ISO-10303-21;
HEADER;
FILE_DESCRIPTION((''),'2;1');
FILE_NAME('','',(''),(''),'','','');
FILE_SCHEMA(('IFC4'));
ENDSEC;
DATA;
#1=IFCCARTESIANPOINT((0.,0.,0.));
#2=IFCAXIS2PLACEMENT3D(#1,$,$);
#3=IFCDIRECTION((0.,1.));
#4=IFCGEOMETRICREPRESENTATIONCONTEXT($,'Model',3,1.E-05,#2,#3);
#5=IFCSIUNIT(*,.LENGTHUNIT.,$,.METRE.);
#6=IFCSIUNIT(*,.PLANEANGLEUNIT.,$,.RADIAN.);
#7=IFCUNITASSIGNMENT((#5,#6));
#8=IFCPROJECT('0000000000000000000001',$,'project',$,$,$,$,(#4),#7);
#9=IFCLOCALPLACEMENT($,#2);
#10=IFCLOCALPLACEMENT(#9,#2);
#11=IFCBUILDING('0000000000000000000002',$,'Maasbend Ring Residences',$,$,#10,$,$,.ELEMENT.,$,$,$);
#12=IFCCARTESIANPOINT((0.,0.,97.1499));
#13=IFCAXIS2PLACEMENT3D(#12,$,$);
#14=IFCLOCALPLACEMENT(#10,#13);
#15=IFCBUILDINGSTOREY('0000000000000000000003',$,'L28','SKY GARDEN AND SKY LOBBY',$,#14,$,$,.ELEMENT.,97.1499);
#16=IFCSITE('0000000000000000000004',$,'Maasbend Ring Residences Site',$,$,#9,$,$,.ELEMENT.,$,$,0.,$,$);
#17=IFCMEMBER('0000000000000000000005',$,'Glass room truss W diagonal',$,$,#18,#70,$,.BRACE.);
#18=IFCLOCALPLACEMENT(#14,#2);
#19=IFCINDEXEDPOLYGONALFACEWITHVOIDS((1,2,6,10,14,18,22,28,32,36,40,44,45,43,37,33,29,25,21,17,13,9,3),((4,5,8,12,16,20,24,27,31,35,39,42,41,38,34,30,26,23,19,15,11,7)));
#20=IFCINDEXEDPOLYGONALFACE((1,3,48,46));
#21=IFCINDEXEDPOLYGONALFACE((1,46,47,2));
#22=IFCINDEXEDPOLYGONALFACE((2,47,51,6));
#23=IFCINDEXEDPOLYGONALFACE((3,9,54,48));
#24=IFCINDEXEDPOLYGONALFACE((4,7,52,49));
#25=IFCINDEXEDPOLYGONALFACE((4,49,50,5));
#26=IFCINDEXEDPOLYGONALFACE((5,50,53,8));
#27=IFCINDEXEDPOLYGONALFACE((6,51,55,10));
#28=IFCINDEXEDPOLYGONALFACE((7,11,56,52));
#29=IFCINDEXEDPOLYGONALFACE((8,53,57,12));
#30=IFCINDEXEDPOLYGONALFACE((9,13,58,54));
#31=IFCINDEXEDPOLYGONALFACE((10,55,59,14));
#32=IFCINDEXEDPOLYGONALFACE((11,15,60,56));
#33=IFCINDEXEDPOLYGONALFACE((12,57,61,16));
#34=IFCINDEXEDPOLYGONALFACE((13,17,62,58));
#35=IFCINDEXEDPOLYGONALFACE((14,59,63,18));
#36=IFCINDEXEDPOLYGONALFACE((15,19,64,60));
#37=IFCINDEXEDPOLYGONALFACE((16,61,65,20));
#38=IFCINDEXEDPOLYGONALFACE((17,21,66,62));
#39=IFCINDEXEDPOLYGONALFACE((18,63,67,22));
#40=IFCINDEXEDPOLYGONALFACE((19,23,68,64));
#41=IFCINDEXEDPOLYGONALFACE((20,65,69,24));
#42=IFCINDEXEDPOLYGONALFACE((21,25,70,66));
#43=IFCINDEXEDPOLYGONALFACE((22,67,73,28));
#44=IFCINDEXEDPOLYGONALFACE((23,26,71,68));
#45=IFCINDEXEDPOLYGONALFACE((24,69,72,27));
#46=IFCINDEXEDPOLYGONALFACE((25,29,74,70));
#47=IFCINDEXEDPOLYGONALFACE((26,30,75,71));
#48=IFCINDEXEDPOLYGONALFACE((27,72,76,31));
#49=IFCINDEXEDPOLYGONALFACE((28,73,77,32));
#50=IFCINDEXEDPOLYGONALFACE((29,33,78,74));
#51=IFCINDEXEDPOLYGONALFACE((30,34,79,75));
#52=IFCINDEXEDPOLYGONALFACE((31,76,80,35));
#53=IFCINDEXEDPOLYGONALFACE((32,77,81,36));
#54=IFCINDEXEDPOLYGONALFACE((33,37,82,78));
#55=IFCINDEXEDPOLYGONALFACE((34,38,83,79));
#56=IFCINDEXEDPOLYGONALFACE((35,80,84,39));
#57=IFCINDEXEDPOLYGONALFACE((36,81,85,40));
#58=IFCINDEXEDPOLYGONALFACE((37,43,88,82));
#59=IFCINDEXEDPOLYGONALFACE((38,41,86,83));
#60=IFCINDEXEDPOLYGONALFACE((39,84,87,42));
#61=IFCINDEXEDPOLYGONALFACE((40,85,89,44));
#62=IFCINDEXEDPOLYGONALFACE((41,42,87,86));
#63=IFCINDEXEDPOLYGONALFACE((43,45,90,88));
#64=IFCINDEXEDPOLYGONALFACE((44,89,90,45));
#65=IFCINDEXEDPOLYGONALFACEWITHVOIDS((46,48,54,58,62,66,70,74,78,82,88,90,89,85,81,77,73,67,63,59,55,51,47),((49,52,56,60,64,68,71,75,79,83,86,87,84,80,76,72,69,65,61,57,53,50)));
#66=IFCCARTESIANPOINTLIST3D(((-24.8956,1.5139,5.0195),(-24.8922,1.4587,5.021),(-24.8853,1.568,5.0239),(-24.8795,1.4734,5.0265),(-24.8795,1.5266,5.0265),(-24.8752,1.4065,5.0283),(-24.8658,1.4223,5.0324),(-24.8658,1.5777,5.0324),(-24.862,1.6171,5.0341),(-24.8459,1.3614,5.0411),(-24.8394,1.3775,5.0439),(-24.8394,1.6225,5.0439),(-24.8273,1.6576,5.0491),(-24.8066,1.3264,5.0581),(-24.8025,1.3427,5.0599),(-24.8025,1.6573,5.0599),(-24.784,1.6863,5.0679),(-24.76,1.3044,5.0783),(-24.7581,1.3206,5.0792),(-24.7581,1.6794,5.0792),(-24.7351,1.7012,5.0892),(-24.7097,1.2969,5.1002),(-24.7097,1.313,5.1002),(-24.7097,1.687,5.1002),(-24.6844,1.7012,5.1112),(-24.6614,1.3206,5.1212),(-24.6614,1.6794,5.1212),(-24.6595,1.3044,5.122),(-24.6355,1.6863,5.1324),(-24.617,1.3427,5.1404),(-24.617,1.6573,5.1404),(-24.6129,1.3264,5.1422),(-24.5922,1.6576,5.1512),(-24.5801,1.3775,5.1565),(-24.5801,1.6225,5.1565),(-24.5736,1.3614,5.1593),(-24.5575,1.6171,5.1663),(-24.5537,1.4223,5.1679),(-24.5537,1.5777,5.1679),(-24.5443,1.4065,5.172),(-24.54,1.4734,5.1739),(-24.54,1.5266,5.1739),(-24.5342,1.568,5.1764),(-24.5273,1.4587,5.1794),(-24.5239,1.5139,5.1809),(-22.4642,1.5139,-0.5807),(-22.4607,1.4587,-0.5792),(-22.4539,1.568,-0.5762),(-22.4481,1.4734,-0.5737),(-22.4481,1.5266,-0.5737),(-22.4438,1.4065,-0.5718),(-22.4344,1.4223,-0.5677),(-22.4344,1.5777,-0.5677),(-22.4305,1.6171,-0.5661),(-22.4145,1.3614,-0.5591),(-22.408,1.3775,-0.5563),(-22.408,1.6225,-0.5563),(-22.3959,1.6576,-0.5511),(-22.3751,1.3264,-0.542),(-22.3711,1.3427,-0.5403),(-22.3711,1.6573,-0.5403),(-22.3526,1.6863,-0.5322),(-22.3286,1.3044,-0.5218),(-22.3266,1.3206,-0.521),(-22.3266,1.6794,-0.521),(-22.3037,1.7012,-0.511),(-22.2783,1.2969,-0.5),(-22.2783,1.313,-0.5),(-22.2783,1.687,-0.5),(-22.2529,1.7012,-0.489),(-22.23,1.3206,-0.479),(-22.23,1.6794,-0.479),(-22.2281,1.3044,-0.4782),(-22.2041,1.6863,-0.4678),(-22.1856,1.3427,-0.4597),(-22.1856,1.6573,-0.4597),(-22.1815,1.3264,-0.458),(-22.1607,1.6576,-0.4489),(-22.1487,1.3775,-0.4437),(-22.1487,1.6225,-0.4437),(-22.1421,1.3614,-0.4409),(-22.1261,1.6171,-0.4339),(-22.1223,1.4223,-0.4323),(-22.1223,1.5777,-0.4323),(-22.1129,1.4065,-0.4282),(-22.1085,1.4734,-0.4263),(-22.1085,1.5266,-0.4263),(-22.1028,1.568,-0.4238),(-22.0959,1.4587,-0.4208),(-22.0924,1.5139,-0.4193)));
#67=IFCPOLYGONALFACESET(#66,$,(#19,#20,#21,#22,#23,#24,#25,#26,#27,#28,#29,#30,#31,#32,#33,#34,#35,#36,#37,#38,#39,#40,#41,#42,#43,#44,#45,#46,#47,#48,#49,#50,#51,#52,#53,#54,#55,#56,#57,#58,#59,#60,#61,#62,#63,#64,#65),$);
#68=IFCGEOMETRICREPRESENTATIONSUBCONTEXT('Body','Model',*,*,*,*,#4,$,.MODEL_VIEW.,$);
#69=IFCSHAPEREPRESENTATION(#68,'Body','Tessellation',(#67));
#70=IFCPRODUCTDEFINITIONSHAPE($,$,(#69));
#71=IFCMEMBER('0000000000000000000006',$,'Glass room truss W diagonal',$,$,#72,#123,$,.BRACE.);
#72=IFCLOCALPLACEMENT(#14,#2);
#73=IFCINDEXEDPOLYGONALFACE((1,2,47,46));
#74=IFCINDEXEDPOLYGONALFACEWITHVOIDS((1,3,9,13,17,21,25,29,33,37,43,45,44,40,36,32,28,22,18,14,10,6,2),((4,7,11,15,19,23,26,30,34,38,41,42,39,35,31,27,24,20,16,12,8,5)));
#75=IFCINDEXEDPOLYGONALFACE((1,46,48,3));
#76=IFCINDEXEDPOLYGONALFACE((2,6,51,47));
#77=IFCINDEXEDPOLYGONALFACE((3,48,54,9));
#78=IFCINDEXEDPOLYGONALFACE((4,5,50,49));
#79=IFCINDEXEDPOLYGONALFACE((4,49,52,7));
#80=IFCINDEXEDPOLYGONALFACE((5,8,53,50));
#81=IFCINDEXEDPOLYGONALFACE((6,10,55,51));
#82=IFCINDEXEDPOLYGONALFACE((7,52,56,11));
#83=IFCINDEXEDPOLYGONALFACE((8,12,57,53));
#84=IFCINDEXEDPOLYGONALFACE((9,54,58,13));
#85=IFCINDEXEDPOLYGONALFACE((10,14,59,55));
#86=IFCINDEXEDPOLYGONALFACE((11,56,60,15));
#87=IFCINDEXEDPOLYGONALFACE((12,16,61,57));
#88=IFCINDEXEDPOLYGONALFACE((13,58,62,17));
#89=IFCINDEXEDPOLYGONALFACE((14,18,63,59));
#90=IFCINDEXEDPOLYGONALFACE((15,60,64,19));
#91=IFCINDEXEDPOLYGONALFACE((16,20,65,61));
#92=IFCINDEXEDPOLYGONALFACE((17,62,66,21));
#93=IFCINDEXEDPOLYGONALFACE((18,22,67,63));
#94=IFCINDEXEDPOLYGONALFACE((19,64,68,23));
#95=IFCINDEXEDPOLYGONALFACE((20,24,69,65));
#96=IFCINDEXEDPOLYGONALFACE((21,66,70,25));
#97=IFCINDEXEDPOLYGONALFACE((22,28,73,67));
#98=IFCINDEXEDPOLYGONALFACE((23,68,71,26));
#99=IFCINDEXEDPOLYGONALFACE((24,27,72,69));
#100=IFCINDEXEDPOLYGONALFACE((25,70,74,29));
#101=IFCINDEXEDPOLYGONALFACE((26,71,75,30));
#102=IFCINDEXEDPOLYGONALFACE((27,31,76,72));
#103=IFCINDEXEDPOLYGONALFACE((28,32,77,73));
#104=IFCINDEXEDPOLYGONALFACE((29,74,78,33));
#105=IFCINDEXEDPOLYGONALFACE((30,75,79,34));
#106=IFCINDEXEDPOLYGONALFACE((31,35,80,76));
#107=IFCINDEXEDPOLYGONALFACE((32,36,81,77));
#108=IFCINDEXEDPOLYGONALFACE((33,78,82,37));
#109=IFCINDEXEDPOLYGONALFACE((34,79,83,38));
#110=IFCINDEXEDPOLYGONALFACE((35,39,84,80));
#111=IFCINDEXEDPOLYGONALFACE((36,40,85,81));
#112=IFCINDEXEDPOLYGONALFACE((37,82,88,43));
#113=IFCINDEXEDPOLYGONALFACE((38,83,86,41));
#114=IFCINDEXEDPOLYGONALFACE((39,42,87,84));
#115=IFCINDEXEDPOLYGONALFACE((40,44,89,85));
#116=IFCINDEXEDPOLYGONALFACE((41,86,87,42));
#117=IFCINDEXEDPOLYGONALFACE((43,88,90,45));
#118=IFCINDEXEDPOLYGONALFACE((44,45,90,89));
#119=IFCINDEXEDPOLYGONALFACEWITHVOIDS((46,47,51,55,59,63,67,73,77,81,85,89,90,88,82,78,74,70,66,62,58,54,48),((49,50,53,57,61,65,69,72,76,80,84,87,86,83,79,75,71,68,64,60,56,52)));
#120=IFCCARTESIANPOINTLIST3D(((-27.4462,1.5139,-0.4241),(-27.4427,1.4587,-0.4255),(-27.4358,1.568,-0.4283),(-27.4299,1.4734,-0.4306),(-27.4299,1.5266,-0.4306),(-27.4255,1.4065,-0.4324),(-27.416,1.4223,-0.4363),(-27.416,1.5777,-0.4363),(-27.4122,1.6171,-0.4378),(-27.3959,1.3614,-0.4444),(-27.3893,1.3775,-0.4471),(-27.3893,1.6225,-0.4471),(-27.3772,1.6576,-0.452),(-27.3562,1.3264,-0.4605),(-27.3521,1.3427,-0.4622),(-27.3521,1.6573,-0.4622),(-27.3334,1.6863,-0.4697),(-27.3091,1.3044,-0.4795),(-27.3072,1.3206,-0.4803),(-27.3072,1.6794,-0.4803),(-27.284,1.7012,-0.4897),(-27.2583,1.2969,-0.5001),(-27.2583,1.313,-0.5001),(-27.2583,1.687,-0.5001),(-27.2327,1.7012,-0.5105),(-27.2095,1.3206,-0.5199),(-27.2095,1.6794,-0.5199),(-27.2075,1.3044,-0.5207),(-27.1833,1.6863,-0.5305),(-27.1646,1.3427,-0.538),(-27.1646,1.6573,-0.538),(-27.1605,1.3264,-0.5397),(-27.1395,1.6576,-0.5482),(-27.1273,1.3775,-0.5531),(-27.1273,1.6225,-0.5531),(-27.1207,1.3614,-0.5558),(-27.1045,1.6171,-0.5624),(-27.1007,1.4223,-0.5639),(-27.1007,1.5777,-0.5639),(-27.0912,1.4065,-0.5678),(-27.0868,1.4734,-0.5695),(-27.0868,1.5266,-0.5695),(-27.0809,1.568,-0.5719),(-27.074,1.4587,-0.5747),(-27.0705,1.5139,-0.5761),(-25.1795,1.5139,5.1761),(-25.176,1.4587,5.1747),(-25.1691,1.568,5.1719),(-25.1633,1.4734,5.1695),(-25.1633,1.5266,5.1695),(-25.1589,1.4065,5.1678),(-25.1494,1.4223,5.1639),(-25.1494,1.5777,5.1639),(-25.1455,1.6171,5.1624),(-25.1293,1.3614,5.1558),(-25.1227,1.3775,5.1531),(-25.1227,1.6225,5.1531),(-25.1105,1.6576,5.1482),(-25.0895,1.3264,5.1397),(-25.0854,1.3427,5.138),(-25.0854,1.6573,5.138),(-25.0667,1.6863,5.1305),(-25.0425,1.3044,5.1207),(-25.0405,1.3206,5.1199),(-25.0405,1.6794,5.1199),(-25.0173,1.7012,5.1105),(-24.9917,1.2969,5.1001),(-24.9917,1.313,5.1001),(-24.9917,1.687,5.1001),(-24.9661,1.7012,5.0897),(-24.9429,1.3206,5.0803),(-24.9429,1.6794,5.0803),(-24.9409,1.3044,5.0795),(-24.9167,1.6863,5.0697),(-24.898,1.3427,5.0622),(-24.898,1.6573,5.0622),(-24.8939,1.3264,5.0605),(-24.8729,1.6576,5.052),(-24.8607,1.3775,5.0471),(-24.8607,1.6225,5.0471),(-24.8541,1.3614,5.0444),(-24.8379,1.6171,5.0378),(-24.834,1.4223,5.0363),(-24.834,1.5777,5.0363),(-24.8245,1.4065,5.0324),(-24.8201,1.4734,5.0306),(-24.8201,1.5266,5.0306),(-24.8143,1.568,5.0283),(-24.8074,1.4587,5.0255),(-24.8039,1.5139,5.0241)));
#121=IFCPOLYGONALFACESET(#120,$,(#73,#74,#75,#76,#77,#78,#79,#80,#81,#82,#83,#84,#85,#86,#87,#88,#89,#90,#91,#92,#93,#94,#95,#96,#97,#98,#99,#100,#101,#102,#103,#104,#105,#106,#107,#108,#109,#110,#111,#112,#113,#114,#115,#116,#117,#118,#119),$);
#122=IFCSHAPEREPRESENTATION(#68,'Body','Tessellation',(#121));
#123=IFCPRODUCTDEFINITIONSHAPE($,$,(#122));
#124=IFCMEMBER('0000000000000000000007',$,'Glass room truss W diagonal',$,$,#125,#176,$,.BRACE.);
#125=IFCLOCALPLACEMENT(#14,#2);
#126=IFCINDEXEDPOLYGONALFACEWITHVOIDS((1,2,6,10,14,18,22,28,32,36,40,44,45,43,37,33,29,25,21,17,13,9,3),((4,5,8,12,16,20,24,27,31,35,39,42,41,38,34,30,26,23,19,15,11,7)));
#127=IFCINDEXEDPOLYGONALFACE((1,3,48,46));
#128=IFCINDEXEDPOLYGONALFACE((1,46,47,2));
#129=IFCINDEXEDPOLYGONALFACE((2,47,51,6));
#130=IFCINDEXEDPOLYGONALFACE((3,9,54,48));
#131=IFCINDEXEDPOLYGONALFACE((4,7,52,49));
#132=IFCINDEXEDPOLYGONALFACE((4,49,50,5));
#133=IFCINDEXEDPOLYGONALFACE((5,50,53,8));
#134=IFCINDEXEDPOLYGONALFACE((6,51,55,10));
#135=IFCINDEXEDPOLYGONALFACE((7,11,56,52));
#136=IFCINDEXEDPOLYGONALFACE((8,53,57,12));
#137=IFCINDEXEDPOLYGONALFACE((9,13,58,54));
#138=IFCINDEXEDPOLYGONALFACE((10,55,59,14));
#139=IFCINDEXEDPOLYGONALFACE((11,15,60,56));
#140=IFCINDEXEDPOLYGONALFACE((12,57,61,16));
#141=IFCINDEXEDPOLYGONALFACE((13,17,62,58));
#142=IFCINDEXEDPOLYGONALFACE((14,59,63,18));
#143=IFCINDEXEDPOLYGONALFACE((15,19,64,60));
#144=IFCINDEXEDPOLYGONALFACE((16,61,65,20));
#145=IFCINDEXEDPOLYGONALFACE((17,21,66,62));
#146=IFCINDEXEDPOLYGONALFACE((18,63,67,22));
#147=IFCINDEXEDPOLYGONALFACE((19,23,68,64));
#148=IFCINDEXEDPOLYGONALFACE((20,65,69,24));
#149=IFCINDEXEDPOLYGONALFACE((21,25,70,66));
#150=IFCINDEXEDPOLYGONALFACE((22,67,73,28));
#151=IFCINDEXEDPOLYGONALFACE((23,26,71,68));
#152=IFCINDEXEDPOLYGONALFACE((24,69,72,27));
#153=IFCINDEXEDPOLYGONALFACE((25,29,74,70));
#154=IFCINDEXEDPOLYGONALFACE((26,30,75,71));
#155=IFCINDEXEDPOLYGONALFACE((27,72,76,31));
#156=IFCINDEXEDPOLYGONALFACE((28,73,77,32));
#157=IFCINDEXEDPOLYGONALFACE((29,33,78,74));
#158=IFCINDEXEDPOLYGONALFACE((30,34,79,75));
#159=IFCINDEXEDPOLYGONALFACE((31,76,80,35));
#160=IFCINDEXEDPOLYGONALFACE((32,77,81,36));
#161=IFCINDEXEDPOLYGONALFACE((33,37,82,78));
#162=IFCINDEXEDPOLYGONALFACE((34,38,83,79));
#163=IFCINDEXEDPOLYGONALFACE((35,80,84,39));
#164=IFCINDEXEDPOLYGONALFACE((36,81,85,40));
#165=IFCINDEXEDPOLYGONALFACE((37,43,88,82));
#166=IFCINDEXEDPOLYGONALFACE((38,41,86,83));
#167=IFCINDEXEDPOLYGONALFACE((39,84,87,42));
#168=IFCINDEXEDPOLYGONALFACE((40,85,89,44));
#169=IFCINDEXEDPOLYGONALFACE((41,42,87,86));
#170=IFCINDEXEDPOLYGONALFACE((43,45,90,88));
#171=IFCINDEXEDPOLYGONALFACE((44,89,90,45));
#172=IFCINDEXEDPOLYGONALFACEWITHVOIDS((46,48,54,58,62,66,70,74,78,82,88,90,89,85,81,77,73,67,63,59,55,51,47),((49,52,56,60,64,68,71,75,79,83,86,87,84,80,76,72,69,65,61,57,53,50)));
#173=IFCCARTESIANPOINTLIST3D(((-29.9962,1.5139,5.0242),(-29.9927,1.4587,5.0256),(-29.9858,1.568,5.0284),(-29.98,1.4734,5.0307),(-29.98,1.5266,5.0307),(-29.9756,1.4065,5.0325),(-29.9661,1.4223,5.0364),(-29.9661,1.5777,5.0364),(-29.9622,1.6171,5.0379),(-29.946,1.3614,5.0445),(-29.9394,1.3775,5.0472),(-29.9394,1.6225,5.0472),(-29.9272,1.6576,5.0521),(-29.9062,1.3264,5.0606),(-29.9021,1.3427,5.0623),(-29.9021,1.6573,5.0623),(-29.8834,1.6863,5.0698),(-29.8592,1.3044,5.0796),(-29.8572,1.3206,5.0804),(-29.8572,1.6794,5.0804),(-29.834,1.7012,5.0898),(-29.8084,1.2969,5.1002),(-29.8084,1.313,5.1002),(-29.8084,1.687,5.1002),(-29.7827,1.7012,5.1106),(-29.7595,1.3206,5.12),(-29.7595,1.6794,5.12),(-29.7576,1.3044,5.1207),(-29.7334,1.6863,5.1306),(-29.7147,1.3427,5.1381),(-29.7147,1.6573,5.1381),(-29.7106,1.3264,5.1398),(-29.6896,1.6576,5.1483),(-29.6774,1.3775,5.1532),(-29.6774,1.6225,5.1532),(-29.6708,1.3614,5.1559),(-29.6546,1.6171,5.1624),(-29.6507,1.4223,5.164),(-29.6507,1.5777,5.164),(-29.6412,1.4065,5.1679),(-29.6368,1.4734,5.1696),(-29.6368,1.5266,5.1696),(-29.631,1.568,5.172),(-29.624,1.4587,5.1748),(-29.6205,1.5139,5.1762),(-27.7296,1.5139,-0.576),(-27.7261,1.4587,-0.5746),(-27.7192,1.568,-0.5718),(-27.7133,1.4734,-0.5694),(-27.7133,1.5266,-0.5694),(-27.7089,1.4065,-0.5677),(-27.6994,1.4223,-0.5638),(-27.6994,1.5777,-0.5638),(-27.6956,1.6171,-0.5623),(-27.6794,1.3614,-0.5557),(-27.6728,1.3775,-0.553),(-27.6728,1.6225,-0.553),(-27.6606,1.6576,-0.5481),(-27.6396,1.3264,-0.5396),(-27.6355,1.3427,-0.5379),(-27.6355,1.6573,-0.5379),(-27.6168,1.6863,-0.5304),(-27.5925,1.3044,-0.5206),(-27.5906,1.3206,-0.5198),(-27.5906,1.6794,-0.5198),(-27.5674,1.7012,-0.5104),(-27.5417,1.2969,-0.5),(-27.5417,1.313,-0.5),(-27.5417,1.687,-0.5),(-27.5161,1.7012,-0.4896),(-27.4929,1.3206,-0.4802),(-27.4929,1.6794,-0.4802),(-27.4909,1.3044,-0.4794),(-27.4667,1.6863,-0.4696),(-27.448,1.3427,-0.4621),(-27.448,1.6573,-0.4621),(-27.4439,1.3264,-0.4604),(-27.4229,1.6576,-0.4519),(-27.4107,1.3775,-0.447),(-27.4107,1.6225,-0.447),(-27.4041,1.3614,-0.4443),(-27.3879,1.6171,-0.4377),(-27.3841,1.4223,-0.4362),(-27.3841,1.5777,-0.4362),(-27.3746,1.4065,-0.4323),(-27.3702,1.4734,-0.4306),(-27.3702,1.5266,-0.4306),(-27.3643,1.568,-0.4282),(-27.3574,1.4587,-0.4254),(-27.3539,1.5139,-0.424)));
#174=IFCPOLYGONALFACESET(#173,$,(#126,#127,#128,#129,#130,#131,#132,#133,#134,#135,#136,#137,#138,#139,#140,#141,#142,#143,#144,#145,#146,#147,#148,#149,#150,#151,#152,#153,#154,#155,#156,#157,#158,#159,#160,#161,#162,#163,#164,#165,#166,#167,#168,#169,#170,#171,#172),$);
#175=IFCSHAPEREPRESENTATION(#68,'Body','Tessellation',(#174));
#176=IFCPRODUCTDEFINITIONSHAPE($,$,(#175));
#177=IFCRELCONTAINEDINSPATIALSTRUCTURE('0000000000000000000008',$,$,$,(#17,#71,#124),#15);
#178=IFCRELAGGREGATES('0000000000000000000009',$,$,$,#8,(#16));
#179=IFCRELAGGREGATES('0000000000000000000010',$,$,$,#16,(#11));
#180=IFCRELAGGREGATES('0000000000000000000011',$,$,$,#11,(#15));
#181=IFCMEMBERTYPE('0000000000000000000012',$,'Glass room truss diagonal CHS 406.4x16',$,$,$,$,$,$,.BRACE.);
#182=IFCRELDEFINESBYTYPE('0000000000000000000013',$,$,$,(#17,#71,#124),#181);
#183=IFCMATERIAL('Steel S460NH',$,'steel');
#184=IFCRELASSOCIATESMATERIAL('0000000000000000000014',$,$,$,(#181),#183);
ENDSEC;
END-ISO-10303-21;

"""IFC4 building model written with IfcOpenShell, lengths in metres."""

from ifc_helpers import new_model, si_unit, direction, frame, origin, origin_2d, place, context, subcontext, project, spatial, hollow_circle, extrude, material, material_profile, profile_set, type_object, element, save


model = new_model("IFC4")

# Units and contexts
model_context = context("Model", 3, precision=1e-05, world=origin(), true_north=direction((0.0, 1.0)))
body_context = subcontext(model_context, "Body", "Model", "MODEL_VIEW")
ifc_project = project(units=[si_unit("LENGTHUNIT", "METRE"), si_unit("PLANEANGLEUNIT", "RADIAN")], contexts=[model_context])

# Site, building, storey
site_placement = place(None, origin())
site = spatial("IfcSite", under=ifc_project, at=site_placement, Name="Maasbend Ring Residences Site", CompositionType="ELEMENT", RefElevation=0.0)
building_placement = place(site_placement, origin())
building = spatial("IfcBuilding", under=site, at=building_placement, Name="Maasbend Ring Residences", CompositionType="ELEMENT")
storey_placement = place(building_placement, frame((0.0, 0.0, 97.1499)))
storey = spatial("IfcBuildingStorey", under=building, at=storey_placement, Name="L28", Description="SKY GARDEN AND SKY LOBBY", CompositionType="ELEMENT", Elevation=97.1499)

# Members
ifc_material_1 = material(Name="Steel S460NH", Category="steel")
ifc_material_profile_1 = material_profile(ifc_material_1, hollow_circle(Radius=0.2031, WallThickness=0.0161, at=origin_2d()), Name="Glass room truss diagonal CHS 406.4x16")
ifc_profile_set_1 = profile_set([ifc_material_profile_1], Name="Steel S460NH")
member_type_1 = type_object("IfcMemberType", Name="Glass room truss diagonal CHS 406.4x16", PredefinedType="BRACE", material=ifc_profile_set_1)
member_1_placement = place(storey_placement, frame((-22.2783, 1.5, -0.5), z_axis=(-0.398254, 0.0, 0.917275), x_axis=(0.0, -1.0, 0.0)))
element("IfcMember", 1, at=member_1_placement, inside=storey, type_object=member_type_1, Name="Glass room truss W diagonal", PredefinedType="BRACE", context=body_context, shape_type="SweptSolid", body=[
    extrude(hollow_circle(Radius=0.2031, WallThickness=0.0161, at=origin_2d()), origin(), (0.0, 0.0, 1.0), 6.1052),
])
for number, where, z_axis, x_axis, name in (
    (2, (-24.9917, 1.5, 5.1001), (-0.375178, 0.0, -0.926953), (0.0, -1.0, 0.0), "Glass room truss W diagonal"),
    (3, (-27.5417, 1.5, -0.5), (-0.375178, 0.0, 0.926953), (0.0, -1.0, 0.0), "Glass room truss W diagonal"),
):
    element("IfcMember", number, at=place(storey_placement, frame(where, z_axis=z_axis, x_axis=x_axis)), inside=storey, type_object=member_type_1, Name=name, PredefinedType="BRACE", context=body_context, shape_type="SweptSolid", body=[
        extrude(hollow_circle(Radius=0.2031, WallThickness=0.0161, at=origin_2d()), origin(), (0.0, 0.0, 1.0), 6.0415),
    ])

save(model, "model.ifc")
